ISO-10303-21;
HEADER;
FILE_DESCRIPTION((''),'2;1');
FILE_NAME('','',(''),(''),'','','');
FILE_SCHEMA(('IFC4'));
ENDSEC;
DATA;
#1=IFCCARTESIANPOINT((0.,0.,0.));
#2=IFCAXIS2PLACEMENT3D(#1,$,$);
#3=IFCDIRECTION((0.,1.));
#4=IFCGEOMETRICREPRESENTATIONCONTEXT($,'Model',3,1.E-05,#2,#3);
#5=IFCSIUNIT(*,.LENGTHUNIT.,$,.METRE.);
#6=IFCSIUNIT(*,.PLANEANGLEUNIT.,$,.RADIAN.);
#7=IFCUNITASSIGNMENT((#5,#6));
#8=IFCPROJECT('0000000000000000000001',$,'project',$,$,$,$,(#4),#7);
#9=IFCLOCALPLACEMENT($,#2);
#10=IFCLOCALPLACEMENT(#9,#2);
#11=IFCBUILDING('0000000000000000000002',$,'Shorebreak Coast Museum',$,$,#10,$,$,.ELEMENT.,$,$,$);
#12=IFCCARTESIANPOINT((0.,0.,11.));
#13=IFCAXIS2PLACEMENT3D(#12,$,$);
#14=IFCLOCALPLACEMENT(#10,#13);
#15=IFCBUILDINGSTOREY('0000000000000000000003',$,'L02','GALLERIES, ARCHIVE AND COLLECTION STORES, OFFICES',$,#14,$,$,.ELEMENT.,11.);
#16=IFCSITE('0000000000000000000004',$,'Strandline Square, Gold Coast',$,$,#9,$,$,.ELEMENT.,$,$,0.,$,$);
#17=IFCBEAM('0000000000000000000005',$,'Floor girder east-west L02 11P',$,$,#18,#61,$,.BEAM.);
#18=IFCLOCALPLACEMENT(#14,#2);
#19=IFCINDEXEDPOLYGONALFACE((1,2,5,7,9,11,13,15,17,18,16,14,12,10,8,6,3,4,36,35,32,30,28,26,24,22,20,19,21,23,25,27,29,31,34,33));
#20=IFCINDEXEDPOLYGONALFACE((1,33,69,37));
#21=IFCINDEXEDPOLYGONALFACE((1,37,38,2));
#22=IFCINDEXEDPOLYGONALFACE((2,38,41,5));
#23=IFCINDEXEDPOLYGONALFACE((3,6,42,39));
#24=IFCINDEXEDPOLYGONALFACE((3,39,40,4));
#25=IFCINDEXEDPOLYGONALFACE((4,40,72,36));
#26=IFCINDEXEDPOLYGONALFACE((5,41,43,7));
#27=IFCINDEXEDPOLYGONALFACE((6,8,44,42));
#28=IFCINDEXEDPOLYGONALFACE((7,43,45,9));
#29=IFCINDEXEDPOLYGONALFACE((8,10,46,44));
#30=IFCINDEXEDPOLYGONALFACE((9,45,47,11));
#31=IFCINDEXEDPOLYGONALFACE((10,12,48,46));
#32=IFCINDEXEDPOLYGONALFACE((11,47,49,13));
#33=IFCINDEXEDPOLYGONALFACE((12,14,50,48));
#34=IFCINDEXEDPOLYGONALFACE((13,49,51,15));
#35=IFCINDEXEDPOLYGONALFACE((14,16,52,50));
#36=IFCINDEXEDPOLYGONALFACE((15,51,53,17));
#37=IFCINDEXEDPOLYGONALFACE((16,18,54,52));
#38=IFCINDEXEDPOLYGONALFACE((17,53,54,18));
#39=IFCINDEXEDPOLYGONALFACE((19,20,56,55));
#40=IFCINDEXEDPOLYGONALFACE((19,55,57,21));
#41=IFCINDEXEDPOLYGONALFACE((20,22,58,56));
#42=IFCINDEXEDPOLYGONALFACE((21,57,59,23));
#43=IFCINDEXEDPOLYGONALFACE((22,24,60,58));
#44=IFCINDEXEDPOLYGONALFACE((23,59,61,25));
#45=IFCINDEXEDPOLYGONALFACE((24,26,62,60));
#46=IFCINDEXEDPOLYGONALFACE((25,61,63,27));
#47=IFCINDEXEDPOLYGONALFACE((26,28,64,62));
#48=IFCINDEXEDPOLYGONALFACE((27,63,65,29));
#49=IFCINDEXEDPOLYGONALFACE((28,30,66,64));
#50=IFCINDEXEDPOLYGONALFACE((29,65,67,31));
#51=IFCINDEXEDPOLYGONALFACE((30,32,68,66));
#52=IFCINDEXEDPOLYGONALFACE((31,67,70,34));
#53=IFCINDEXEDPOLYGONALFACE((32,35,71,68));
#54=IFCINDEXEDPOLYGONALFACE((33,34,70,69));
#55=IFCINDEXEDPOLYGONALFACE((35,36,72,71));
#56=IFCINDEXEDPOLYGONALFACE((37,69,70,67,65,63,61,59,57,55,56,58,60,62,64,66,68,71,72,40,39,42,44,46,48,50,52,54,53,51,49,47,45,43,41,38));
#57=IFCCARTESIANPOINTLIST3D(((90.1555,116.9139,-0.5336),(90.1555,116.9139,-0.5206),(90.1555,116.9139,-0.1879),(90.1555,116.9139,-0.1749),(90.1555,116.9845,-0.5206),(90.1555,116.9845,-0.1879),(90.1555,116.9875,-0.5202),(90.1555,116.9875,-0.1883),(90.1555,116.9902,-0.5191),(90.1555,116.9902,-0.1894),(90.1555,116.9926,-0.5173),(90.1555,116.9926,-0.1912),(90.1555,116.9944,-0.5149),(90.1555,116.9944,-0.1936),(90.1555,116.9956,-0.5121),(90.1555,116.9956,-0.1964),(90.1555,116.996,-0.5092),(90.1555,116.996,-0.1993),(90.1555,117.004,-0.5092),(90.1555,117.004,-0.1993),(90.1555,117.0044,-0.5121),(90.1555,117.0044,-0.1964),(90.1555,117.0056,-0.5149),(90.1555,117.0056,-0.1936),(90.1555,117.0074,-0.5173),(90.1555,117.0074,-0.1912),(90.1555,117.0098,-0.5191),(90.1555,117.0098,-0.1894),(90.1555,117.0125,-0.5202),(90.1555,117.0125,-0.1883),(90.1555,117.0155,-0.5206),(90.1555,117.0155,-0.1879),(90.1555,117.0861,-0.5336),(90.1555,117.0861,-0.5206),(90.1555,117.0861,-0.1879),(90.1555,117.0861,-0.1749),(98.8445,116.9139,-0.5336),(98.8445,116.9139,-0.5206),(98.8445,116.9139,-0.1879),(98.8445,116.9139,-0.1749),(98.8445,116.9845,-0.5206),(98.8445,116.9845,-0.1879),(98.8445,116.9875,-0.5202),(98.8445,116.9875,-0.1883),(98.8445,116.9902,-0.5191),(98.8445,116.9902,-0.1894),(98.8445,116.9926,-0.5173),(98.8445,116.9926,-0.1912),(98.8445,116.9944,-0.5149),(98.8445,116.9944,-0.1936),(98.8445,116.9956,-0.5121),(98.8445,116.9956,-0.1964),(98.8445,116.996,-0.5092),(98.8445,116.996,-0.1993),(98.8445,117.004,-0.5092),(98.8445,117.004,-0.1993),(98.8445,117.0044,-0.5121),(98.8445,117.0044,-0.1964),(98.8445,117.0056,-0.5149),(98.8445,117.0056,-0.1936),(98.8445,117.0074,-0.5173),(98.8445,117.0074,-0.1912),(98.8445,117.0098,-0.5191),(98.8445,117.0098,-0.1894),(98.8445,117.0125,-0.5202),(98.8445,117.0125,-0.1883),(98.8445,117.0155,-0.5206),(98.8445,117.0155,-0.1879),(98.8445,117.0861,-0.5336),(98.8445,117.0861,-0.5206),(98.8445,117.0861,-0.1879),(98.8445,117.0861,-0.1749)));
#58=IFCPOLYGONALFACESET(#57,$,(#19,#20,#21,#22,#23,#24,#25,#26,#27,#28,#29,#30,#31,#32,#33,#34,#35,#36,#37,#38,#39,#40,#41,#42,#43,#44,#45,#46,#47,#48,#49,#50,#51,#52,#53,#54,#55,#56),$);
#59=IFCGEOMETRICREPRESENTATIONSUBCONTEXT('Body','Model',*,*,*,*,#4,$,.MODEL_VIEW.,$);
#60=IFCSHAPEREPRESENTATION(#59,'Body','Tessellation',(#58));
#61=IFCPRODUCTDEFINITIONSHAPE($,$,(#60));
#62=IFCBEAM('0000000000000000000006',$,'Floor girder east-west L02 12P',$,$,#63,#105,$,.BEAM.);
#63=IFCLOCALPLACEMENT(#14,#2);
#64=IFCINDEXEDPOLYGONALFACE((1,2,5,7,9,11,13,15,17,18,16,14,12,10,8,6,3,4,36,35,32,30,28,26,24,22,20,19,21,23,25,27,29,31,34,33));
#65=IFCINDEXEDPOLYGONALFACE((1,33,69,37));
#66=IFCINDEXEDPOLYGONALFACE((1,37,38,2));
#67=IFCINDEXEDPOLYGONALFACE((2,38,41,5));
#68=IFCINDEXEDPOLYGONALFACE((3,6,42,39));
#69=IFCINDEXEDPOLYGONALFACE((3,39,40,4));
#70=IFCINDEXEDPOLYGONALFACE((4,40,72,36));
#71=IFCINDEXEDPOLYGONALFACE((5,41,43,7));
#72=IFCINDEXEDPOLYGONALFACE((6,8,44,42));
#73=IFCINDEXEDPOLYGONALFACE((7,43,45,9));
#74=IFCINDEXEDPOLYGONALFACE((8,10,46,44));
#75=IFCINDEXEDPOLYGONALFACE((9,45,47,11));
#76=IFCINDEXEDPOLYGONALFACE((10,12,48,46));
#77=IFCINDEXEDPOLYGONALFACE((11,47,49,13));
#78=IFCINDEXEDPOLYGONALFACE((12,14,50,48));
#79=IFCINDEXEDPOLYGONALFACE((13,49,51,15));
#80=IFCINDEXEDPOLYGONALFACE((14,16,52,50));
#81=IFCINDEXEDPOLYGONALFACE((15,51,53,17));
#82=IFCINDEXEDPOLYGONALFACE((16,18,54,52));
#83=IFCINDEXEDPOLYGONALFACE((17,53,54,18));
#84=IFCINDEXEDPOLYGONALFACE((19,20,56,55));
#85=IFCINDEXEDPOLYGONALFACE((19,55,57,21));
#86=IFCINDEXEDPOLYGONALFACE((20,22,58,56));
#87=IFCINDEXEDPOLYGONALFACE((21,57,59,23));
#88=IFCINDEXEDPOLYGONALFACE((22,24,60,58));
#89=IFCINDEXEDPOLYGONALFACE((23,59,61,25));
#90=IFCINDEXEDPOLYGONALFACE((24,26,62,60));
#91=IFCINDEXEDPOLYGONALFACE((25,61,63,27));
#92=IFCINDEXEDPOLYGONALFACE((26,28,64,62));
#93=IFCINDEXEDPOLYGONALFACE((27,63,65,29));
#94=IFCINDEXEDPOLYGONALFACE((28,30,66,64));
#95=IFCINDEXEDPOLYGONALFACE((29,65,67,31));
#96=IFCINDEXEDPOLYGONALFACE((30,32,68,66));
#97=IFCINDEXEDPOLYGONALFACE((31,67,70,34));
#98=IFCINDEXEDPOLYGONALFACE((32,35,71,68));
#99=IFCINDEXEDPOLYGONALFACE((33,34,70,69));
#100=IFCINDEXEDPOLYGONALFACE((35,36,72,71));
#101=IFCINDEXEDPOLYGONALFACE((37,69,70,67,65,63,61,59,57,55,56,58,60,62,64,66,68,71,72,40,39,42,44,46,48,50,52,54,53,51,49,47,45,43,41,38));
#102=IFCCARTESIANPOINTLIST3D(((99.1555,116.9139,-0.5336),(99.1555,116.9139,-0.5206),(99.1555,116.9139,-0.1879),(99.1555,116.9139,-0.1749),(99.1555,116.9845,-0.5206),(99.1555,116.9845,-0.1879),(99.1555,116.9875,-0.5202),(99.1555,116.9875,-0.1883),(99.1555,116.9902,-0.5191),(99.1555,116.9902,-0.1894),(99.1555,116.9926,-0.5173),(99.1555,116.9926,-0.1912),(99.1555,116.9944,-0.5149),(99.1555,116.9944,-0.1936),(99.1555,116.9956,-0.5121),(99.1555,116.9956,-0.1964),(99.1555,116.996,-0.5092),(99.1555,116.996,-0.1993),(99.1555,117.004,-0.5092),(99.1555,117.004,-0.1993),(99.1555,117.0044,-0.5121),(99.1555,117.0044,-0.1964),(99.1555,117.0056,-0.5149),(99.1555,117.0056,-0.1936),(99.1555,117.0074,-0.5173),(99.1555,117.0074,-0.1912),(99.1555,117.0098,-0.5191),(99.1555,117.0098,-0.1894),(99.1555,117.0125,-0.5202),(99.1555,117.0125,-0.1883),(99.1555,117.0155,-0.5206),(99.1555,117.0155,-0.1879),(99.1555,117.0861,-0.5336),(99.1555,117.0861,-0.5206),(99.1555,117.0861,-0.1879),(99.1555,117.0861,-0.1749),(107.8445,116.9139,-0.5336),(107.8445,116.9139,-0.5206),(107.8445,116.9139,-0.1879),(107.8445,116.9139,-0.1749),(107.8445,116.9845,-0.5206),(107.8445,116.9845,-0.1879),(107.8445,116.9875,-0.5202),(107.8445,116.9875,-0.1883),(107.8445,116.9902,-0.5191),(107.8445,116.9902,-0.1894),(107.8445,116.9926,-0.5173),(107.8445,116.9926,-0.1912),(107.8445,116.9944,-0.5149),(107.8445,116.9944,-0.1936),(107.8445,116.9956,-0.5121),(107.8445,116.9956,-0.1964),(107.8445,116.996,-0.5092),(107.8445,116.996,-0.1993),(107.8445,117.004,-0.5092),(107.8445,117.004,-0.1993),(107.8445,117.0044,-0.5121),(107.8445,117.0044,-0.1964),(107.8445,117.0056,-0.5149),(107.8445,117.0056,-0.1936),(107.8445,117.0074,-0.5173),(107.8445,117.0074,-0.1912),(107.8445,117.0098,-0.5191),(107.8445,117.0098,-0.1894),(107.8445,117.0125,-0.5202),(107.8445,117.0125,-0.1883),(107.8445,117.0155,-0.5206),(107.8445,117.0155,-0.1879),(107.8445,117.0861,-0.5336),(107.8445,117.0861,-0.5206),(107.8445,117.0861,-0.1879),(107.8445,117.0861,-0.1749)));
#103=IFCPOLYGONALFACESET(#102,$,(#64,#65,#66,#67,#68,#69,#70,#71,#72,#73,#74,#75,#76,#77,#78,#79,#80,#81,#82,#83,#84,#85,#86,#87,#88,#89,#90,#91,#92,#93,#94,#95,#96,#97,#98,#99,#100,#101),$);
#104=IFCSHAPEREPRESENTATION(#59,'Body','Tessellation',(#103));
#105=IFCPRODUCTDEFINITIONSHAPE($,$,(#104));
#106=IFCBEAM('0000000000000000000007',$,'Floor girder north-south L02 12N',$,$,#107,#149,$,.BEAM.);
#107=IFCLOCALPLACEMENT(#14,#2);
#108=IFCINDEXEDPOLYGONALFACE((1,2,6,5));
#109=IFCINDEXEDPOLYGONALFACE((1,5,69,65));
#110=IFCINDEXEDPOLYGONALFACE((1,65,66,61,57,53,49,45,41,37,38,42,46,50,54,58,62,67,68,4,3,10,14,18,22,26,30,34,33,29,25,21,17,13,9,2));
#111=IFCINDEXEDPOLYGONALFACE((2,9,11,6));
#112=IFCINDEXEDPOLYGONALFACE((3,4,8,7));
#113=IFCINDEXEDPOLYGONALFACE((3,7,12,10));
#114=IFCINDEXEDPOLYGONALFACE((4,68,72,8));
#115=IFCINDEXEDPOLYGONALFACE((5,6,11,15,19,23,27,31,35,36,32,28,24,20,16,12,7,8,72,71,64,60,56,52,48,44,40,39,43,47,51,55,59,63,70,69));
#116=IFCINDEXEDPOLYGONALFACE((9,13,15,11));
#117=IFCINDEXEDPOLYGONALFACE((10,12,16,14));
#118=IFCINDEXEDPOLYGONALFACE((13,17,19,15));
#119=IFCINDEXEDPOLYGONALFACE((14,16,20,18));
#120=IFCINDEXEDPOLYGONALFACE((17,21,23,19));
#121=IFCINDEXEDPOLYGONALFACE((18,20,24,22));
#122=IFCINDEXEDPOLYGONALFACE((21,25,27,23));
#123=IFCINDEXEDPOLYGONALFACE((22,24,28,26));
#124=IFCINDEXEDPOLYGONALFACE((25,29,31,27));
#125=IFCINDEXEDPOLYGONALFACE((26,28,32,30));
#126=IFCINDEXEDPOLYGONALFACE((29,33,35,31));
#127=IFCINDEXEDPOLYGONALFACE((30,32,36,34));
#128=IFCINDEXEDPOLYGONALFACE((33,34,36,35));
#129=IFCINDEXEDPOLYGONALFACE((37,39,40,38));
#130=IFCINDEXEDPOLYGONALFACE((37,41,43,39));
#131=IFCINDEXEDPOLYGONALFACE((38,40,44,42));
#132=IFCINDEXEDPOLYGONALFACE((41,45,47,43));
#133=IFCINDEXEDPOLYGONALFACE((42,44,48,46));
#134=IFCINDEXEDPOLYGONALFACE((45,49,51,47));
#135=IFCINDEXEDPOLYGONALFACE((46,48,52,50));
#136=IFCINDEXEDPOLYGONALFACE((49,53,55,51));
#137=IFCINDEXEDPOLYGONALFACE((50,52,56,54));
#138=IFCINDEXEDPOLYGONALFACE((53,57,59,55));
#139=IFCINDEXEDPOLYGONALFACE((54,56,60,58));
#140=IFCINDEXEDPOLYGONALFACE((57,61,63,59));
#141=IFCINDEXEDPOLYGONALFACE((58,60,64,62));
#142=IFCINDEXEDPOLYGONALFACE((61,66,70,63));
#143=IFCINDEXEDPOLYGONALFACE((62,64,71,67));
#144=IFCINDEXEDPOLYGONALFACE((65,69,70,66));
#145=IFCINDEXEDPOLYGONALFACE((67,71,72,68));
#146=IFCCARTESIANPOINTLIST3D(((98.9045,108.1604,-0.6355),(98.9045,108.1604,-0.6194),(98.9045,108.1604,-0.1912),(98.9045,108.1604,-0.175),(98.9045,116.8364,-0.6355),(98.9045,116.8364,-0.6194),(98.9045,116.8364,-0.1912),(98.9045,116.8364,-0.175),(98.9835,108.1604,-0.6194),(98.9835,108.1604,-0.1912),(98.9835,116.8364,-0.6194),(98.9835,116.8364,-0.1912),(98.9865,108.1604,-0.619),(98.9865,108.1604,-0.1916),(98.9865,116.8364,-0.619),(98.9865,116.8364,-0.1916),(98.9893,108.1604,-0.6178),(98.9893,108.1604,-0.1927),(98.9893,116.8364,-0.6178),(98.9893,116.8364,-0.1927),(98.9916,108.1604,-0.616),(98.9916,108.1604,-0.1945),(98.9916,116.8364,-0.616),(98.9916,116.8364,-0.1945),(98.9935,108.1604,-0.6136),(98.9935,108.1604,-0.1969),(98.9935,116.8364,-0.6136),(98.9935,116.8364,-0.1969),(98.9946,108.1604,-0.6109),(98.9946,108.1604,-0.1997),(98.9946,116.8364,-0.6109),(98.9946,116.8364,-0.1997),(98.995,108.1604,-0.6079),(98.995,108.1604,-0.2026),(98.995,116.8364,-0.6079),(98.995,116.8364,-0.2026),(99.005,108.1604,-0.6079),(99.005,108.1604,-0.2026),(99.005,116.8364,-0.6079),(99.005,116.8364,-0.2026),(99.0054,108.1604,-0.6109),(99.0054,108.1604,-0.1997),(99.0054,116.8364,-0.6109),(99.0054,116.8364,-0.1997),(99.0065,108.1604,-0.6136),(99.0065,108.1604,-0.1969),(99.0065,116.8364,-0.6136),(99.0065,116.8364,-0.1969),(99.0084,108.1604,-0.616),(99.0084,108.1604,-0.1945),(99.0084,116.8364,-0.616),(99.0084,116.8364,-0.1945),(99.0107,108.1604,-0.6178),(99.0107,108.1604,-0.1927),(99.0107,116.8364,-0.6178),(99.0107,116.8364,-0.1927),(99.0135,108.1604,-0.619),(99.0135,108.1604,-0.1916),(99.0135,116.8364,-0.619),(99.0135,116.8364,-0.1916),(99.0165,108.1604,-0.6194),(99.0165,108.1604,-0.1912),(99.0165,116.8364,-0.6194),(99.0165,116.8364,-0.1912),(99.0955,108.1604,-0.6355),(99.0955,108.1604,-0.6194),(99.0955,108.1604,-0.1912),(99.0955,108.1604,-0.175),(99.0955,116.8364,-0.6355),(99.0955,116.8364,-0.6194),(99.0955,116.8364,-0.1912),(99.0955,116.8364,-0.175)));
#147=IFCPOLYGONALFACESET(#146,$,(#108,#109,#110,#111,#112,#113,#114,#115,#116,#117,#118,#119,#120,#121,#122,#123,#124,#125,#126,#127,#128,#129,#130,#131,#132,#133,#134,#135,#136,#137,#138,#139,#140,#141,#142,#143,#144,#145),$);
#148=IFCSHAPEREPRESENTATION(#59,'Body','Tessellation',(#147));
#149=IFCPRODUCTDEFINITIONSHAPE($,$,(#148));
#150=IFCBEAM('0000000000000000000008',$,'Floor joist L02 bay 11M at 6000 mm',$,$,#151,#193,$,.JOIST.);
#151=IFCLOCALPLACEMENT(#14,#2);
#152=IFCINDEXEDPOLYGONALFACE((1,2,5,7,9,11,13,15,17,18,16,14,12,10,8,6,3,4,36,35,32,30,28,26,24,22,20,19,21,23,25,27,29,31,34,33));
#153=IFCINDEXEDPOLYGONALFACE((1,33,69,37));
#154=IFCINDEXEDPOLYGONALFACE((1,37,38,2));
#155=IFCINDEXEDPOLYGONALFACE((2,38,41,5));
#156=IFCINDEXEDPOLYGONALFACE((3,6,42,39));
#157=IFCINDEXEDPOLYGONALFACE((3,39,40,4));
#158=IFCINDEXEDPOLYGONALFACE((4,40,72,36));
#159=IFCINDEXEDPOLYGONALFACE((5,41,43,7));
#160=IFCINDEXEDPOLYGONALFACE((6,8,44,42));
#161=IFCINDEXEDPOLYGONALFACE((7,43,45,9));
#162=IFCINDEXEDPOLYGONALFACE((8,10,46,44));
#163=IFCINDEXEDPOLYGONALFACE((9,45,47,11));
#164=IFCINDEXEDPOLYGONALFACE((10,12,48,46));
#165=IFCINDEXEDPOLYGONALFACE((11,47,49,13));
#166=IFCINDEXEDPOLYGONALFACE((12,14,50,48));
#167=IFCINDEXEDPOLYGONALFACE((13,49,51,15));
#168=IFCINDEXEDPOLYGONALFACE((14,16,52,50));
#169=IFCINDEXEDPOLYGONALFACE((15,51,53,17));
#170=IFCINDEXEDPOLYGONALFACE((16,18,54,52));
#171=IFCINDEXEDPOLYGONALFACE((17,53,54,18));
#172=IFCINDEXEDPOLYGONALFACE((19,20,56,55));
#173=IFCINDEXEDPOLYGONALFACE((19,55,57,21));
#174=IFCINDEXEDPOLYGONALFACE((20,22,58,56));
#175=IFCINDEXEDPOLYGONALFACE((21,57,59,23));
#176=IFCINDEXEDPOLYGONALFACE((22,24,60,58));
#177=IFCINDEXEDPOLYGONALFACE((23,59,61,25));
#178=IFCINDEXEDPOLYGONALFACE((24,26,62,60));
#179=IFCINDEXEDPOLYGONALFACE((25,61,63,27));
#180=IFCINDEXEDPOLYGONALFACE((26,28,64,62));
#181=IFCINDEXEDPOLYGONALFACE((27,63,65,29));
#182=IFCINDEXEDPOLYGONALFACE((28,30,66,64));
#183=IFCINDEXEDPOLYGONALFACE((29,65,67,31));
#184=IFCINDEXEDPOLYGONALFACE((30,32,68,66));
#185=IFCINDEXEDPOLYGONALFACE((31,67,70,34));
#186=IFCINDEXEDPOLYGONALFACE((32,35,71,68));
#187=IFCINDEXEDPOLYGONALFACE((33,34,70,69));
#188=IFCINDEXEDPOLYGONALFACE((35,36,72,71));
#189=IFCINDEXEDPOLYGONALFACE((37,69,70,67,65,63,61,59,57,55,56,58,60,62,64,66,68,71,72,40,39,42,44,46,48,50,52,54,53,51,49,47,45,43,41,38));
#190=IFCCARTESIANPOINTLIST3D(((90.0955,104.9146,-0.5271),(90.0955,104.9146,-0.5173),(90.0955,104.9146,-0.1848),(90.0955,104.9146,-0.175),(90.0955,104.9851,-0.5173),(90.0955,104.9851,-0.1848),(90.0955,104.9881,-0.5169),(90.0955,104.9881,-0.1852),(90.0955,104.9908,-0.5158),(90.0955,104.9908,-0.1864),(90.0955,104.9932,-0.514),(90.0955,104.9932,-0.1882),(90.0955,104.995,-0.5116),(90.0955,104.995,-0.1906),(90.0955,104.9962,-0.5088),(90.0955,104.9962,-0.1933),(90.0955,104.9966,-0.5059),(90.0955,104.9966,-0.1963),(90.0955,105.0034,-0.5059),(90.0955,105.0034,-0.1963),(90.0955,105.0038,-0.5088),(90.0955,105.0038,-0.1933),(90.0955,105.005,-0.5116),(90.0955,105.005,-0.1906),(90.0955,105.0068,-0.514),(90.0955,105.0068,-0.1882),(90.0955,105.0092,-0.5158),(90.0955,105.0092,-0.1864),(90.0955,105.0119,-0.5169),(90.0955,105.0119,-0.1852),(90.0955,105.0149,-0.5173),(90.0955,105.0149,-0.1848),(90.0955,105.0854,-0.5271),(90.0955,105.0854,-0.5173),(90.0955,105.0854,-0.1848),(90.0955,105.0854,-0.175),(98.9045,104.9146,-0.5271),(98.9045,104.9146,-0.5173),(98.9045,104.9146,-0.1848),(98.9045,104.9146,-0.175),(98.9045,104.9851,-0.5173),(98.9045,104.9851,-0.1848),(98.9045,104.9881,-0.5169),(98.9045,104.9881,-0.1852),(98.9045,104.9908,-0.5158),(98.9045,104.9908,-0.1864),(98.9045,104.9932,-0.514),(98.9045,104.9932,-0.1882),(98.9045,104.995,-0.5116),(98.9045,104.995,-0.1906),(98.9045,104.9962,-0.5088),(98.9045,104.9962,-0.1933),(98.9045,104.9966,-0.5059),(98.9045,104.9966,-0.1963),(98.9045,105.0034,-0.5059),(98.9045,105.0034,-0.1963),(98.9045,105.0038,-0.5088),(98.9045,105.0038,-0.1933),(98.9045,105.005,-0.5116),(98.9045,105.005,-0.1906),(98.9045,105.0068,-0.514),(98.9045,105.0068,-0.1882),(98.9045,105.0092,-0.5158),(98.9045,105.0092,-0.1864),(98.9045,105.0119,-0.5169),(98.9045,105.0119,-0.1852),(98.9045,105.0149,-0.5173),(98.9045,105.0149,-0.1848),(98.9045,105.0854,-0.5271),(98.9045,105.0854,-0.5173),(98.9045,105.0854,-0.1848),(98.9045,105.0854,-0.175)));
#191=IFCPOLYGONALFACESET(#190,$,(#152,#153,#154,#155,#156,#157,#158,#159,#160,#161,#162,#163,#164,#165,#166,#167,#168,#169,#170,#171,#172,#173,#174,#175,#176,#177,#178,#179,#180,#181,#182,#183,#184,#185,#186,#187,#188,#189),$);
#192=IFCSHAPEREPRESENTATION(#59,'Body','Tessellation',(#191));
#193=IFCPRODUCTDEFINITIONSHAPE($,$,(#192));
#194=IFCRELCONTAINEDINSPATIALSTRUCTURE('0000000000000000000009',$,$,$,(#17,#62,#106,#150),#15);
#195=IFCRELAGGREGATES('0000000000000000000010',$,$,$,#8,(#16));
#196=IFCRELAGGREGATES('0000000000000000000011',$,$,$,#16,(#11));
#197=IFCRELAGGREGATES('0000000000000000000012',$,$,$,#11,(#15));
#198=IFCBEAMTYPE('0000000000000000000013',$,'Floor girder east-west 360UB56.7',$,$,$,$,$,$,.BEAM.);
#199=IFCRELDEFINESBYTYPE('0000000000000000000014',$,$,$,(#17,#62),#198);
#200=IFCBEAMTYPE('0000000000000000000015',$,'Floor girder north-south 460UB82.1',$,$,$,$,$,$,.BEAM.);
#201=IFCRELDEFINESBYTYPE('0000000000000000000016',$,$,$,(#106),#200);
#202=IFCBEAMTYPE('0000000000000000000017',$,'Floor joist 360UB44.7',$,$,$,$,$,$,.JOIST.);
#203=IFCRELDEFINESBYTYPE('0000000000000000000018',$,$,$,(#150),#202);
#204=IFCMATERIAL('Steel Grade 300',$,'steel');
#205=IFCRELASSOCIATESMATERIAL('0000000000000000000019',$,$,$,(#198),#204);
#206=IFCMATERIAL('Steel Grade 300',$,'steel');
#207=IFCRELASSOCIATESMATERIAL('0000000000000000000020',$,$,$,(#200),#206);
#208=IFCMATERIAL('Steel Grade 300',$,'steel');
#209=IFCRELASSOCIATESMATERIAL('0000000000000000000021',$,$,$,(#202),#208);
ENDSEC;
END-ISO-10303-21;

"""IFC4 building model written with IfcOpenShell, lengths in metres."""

from ifc_helpers import new_model, si_unit, direction, frame, origin, origin_2d, place, context, subcontext, project, spatial, i_section, extrude, material, material_profile, profile_set, type_object, element, save


model = new_model("IFC4")

# Units and contexts
model_context = context("Model", 3, precision=1e-05, world=origin(), true_north=direction((0.0, 1.0)))
body_context = subcontext(model_context, "Body", "Model", "MODEL_VIEW")
ifc_project = project(units=[si_unit("LENGTHUNIT", "METRE"), si_unit("PLANEANGLEUNIT", "RADIAN")], contexts=[model_context])

# Site, building, storey
site_placement = place(None, origin())
site = spatial("IfcSite", under=ifc_project, at=site_placement, Name="Strandline Square, Gold Coast", CompositionType="ELEMENT", RefElevation=0.0)
building_placement = place(site_placement, origin())
building = spatial("IfcBuilding", under=site, at=building_placement, Name="Shorebreak Coast Museum", CompositionType="ELEMENT")
storey_placement = place(building_placement, frame((0.0, 0.0, 11.0)))
storey = spatial("IfcBuildingStorey", under=building, at=storey_placement, Name="L02", Description="GALLERIES, ARCHIVE AND COLLECTION STORES, OFFICES", CompositionType="ELEMENT", Elevation=11.0)

# Beams
ifc_material_1 = material(Name="Steel Grade 300", Category="steel")
ifc_material_profile_1 = material_profile(ifc_material_1, i_section(OverallWidth=0.1721, OverallDepth=0.3586, WebThickness=0.0081, FlangeThickness=0.0129, FilletRadius=0.0115, at=origin_2d()), Name="360UB56.7")
ifc_profile_set_1 = profile_set([ifc_material_profile_1], Name="Steel Grade 300")
beam_type_1 = type_object("IfcBeamType", Name="Floor girder east-west 360UB56.7", PredefinedType="BEAM", material=ifc_profile_set_1)
for number, where, z_axis, x_axis, name in (
    (1, (90.1555, 117.0, -0.3542), (1.0, 0.0, 0.0), (0.0, 1.0, 0.0), "Floor girder east-west L02 11P"),
    (2, (99.1555, 117.0, -0.3542), (1.0, 0.0, 0.0), (0.0, 1.0, 0.0), "Floor girder east-west L02 12P"),
):
    element("IfcBeam", number, at=place(storey_placement, frame(where, z_axis=z_axis, x_axis=x_axis)), inside=storey, type_object=beam_type_1, Name=name, PredefinedType="BEAM", context=body_context, shape_type="SweptSolid", body=[
        extrude(i_section(OverallWidth=0.1721, OverallDepth=0.3586, WebThickness=0.0081, FlangeThickness=0.0129, FilletRadius=0.0115, at=origin_2d()), origin(), (0.0, 0.0, 1.0), 8.689),
    ])
ifc_material_2 = material(Name="Steel Grade 300", Category="steel")
ifc_material_profile_2 = material_profile(ifc_material_2, i_section(OverallWidth=0.1909, OverallDepth=0.4604, WebThickness=0.01, FlangeThickness=0.0161, FilletRadius=0.0115, at=origin_2d()), Name="460UB82.1")
ifc_profile_set_2 = profile_set([ifc_material_profile_2], Name="Steel Grade 300")
beam_type_2 = type_object("IfcBeamType", Name="Floor girder north-south 460UB82.1", PredefinedType="BEAM", material=ifc_profile_set_2)
beam_placement = place(storey_placement, frame((99.0, 108.1604, -0.4053), z_axis=(0.0, 1.0, 0.0), x_axis=(-1.0, 0.0, 0.0)))
element("IfcBeam", 3, at=beam_placement, inside=storey, type_object=beam_type_2, Name="Floor girder north-south L02 12N", PredefinedType="BEAM", context=body_context, shape_type="SweptSolid", body=[
    extrude(i_section(OverallWidth=0.1909, OverallDepth=0.4604, WebThickness=0.01, FlangeThickness=0.0161, FilletRadius=0.0115, at=origin_2d()), origin(), (0.0, 0.0, 1.0), 8.676),
])
ifc_material_3 = material(Name="Steel Grade 300", Category="steel")
ifc_material_profile_3 = material_profile(ifc_material_3, i_section(OverallWidth=0.1709, OverallDepth=0.3521, WebThickness=0.0068, FlangeThickness=0.0098, FilletRadius=0.0115, at=origin_2d()), Name="360UB44.7")
ifc_profile_set_3 = profile_set([ifc_material_profile_3], Name="Steel Grade 300")
beam_type_3 = type_object("IfcBeamType", Name="Floor joist 360UB44.7", PredefinedType="JOIST", material=ifc_profile_set_3)
for number, where, z_axis, x_axis, name in (
    (4, (90.0955, 105.0, -0.3511), (1.0, 0.0, 0.0), (0.0, 1.0, 0.0), "Floor joist L02 bay 11M at 6000 mm"),
):
    element("IfcBeam", number, at=place(storey_placement, frame(where, z_axis=z_axis, x_axis=x_axis)), inside=storey, type_object=beam_type_3, Name=name, PredefinedType="JOIST", context=body_context, shape_type="SweptSolid", body=[
        extrude(i_section(OverallWidth=0.1709, OverallDepth=0.3521, WebThickness=0.0068, FlangeThickness=0.0098, FilletRadius=0.0115, at=origin_2d()), origin(), (0.0, 0.0, 1.0), 8.8091),
    ])

save(model, "model.ifc")
